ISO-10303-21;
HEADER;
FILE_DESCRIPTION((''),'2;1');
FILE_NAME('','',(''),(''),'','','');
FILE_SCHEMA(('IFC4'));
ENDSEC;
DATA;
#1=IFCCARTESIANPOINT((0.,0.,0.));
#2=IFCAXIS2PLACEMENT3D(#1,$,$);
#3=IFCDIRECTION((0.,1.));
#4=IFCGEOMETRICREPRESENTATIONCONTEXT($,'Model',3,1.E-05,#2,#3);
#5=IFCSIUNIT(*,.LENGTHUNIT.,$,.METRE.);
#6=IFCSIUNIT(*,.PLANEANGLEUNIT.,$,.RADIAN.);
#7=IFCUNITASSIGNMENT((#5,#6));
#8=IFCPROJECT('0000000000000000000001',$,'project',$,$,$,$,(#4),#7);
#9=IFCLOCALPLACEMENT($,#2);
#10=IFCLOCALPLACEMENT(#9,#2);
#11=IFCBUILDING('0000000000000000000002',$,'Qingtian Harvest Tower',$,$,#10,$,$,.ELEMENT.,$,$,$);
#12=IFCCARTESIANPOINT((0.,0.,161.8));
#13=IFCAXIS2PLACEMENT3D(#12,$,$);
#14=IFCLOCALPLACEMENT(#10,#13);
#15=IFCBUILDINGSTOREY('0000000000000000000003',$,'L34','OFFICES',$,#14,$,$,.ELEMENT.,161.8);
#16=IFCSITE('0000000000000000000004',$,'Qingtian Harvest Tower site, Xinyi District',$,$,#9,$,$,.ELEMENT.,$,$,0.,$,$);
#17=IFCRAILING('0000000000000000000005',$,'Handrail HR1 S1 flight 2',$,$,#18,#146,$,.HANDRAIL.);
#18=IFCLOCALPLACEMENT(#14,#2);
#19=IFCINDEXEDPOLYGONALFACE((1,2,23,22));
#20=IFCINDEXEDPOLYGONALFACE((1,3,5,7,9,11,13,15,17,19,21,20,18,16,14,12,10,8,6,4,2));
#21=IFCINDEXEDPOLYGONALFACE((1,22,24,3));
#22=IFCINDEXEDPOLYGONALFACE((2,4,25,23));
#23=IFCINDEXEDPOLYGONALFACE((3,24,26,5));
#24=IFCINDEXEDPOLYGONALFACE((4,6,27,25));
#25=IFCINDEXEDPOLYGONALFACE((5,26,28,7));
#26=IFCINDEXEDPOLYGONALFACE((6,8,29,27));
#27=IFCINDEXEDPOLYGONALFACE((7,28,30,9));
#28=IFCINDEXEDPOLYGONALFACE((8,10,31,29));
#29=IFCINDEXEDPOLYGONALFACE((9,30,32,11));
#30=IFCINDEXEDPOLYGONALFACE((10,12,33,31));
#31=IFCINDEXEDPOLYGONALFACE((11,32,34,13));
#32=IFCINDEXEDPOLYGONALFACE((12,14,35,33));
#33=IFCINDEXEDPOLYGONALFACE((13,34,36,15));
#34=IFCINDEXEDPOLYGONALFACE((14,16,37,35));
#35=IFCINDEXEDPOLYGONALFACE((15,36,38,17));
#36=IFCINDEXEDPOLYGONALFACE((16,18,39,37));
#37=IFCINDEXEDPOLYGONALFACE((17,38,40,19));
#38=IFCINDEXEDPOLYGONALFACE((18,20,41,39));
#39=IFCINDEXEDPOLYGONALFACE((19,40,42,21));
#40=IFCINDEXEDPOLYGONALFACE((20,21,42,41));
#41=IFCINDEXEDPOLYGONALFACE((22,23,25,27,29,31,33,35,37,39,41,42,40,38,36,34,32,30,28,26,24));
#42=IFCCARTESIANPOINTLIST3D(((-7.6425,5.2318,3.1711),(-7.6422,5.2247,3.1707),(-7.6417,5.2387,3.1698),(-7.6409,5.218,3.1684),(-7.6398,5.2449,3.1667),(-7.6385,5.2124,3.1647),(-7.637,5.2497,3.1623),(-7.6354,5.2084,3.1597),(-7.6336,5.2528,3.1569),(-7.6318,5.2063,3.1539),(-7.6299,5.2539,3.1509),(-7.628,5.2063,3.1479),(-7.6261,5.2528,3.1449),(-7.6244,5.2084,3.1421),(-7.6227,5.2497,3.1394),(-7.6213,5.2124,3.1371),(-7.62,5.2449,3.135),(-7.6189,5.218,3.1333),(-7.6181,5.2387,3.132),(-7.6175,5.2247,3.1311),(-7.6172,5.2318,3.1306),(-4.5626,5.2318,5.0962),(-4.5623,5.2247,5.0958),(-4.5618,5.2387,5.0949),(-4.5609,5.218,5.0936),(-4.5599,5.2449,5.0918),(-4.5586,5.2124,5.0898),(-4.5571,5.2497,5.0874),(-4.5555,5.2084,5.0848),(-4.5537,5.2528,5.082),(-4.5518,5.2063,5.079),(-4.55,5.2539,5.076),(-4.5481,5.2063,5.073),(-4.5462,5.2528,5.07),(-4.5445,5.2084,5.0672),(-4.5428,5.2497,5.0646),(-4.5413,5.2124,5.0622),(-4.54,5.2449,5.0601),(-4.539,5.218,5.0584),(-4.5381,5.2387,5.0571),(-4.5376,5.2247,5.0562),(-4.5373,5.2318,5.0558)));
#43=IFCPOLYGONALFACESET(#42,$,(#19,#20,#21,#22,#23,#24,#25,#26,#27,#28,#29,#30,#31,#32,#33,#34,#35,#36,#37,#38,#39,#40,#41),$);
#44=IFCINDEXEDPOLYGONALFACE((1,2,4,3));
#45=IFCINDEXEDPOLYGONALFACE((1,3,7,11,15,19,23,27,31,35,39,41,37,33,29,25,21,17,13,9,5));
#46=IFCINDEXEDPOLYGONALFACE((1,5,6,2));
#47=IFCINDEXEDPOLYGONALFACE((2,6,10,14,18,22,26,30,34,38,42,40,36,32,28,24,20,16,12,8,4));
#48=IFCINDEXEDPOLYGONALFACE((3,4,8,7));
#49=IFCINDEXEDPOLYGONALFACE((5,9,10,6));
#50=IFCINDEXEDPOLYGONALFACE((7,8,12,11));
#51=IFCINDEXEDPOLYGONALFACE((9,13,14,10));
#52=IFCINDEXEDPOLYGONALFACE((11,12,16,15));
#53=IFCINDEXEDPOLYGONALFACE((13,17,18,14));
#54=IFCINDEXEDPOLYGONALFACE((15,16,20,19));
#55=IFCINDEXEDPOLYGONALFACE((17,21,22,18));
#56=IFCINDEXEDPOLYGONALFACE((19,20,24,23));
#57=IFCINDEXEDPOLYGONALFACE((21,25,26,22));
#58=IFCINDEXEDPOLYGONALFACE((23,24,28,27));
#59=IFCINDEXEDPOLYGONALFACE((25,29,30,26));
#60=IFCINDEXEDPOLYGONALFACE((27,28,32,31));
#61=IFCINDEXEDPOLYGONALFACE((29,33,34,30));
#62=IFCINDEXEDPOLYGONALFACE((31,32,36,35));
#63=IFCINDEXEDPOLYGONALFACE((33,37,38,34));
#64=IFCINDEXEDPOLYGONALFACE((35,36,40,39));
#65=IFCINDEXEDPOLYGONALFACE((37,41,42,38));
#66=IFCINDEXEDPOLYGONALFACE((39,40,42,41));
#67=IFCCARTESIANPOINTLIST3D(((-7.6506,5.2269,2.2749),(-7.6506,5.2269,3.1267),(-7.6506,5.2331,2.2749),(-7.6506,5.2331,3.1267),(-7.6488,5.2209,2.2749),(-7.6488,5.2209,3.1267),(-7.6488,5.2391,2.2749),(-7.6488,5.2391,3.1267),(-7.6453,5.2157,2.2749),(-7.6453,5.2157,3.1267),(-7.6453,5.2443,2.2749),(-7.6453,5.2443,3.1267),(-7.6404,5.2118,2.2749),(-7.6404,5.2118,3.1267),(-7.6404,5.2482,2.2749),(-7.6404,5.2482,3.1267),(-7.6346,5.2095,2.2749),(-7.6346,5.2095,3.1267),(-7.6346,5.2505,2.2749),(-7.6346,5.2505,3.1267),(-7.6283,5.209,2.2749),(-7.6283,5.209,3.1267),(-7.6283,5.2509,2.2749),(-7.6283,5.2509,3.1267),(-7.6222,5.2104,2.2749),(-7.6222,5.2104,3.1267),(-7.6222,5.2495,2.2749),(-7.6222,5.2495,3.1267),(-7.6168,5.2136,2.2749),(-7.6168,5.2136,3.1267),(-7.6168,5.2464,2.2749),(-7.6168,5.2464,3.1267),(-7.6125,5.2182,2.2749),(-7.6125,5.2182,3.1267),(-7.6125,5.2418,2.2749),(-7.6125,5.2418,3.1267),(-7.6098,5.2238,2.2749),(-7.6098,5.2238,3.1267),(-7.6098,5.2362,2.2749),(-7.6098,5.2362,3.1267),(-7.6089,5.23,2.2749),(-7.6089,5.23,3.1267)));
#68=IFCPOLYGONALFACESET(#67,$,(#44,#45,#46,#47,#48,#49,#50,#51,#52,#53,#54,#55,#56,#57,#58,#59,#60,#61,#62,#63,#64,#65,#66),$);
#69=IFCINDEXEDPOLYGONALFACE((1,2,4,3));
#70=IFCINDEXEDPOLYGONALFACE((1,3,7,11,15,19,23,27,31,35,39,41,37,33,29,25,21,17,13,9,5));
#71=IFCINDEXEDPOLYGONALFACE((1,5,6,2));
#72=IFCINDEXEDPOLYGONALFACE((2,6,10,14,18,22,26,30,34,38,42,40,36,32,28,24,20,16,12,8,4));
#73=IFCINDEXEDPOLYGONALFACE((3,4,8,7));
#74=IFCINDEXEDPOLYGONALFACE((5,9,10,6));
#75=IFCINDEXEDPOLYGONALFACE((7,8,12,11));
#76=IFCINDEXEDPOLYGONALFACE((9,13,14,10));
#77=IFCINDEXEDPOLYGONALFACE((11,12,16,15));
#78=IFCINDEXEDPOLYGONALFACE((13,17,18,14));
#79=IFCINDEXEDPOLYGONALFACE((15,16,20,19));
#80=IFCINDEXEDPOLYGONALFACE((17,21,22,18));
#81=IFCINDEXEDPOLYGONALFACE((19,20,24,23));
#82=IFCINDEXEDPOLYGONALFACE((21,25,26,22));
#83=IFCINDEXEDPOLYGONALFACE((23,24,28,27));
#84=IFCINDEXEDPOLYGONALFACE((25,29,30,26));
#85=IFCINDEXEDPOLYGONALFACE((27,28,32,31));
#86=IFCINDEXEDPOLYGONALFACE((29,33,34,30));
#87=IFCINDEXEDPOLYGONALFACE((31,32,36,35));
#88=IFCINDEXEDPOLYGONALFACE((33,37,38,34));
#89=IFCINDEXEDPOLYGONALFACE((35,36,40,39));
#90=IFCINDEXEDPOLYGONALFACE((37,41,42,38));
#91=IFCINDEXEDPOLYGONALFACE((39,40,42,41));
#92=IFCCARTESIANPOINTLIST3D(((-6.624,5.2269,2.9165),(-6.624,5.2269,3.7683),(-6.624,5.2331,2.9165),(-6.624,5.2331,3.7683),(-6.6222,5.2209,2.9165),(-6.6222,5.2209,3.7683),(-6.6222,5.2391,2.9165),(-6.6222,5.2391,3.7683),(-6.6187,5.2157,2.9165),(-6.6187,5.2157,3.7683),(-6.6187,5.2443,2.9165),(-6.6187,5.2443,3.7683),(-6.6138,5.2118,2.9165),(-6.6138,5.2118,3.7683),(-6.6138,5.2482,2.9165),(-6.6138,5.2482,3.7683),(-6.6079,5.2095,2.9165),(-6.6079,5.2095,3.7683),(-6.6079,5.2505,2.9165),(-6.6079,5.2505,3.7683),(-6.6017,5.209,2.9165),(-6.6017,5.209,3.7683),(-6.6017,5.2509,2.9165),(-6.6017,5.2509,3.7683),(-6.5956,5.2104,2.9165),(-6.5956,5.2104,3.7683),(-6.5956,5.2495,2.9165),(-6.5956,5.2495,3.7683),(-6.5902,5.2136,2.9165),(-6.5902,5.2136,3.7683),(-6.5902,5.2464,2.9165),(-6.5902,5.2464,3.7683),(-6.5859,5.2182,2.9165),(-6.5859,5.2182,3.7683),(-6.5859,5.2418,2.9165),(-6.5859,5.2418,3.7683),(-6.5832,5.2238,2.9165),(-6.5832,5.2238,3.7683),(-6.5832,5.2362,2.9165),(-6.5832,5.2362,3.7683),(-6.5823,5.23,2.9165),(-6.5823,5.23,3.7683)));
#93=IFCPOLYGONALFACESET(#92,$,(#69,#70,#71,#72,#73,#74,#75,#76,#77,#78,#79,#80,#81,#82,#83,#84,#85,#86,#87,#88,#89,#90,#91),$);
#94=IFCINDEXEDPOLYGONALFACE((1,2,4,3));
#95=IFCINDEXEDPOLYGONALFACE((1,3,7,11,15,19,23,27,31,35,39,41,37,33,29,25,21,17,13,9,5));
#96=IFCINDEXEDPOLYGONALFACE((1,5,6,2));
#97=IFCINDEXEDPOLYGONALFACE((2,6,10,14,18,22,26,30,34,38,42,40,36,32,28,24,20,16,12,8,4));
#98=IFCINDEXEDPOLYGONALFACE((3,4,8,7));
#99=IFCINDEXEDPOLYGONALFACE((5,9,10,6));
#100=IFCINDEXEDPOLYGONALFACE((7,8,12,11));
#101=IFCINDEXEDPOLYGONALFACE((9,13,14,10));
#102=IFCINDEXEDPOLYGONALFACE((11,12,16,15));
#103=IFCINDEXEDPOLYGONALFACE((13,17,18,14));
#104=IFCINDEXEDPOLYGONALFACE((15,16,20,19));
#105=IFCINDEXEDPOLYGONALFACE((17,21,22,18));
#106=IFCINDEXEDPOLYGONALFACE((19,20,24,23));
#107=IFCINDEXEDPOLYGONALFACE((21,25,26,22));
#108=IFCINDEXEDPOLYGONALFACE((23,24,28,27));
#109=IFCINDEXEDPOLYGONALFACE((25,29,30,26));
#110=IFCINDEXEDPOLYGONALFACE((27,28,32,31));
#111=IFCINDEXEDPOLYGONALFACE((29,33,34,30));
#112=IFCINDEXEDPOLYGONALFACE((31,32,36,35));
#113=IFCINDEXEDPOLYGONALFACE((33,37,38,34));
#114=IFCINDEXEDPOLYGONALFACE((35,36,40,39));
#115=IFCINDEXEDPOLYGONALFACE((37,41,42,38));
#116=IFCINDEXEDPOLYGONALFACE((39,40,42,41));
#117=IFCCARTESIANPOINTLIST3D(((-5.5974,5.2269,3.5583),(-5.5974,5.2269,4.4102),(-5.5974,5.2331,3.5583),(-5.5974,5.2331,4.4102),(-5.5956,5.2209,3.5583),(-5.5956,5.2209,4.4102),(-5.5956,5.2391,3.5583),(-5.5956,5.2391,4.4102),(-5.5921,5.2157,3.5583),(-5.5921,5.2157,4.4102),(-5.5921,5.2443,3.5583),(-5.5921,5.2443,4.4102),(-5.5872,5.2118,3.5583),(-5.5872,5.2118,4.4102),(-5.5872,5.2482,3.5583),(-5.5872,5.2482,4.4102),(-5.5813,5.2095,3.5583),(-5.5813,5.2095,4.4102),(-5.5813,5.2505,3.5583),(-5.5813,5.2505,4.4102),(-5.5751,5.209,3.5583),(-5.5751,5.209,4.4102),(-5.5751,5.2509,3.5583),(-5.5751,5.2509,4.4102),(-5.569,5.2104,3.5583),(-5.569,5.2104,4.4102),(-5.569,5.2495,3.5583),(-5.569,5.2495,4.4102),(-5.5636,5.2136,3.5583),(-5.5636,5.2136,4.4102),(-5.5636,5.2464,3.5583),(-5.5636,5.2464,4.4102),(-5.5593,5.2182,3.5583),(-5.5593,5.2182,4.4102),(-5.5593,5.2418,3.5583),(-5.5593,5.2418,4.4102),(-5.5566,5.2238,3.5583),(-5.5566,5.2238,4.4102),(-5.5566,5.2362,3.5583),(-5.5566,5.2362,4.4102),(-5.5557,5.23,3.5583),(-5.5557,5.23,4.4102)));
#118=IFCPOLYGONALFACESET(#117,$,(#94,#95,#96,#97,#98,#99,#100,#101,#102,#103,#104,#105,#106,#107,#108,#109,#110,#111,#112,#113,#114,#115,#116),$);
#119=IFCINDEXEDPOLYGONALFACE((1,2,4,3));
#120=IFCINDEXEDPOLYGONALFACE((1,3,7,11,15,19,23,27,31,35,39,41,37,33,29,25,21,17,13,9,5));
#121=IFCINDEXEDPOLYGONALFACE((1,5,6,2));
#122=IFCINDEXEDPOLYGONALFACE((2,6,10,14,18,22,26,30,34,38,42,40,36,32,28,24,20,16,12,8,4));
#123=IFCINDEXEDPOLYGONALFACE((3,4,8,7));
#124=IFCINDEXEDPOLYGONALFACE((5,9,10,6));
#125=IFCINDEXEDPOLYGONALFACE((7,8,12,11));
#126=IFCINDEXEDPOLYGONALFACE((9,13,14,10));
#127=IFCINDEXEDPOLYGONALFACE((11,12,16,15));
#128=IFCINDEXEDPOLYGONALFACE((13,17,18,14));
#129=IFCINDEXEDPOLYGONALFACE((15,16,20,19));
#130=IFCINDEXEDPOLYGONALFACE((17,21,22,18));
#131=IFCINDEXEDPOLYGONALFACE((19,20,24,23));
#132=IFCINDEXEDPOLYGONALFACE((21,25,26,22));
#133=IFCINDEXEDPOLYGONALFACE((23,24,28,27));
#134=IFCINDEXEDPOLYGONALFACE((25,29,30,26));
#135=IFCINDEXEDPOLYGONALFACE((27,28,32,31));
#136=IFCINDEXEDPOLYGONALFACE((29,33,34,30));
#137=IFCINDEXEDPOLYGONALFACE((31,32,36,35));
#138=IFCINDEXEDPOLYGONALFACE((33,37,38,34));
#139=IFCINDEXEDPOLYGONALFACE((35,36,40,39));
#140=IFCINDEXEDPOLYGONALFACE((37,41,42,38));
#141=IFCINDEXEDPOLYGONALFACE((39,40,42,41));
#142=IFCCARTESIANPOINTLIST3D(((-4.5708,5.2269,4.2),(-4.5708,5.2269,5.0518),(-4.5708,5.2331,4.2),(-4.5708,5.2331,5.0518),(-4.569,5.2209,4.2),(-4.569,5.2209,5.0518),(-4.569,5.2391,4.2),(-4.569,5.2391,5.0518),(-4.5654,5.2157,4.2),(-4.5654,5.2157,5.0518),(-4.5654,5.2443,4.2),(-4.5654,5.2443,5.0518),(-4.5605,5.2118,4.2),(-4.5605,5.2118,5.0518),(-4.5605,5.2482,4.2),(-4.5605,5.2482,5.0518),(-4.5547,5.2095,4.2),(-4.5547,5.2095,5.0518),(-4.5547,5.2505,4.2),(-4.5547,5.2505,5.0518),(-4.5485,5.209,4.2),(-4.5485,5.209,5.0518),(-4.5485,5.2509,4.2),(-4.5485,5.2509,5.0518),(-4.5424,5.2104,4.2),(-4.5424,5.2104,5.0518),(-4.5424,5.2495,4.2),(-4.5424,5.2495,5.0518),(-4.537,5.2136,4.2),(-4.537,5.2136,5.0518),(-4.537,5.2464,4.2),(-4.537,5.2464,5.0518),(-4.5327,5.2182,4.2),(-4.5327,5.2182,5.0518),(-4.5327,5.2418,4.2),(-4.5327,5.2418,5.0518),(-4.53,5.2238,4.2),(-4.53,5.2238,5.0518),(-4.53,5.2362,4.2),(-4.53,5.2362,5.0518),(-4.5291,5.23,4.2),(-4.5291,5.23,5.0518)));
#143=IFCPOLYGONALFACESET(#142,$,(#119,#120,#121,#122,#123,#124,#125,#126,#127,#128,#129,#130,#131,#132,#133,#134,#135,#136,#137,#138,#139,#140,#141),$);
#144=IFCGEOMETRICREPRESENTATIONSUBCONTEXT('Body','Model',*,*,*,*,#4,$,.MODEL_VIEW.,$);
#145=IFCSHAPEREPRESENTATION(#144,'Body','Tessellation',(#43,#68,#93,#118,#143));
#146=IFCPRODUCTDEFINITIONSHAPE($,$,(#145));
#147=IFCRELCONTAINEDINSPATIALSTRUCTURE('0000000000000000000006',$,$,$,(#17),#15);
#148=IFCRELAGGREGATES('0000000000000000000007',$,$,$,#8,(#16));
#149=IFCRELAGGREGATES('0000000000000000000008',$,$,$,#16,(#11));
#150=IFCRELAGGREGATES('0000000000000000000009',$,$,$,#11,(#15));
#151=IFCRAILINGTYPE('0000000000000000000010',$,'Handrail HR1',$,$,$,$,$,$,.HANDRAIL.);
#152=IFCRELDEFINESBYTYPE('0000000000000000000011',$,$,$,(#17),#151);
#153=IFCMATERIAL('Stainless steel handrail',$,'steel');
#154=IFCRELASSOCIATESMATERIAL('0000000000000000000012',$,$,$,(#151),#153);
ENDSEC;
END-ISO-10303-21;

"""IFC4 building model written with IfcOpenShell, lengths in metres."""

from ifc_helpers import new_model, si_unit, direction, frame, origin, origin_2d, place, context, subcontext, project, spatial, circle, extrude, material, type_object, element, save


model = new_model("IFC4")

# Units and contexts
model_context = context("Model", 3, precision=1e-05, world=origin(), true_north=direction((0.0, 1.0)))
body_context = subcontext(model_context, "Body", "Model", "MODEL_VIEW")
ifc_project = project(units=[si_unit("LENGTHUNIT", "METRE"), si_unit("PLANEANGLEUNIT", "RADIAN")], contexts=[model_context])

# Site, building, storey
site_placement = place(None, origin())
site = spatial("IfcSite", under=ifc_project, at=site_placement, Name="Qingtian Harvest Tower site, Xinyi District", CompositionType="ELEMENT", RefElevation=0.0)
building_placement = place(site_placement, origin())
building = spatial("IfcBuilding", under=site, at=building_placement, Name="Qingtian Harvest Tower", CompositionType="ELEMENT")
storey_placement = place(building_placement, frame((0.0, 0.0, 161.8)))
storey = spatial("IfcBuildingStorey", under=building, at=storey_placement, Name="L34", Description="OFFICES", CompositionType="ELEMENT", Elevation=161.8)

# Railing
ifc_material_1 = material(Name="Stainless steel handrail", Category="steel")
railing_type = type_object("IfcRailingType", Name="Handrail HR1", PredefinedType="HANDRAIL", material=ifc_material_1)
railing_1_placement = place(storey_placement, frame((-7.6299, 5.23, 2.2749)))
element("IfcRailing", 1, at=railing_1_placement, inside=storey, type_object=railing_type, Name="Handrail HR1 S1 flight 2", PredefinedType="HANDRAIL", context=body_context, shape_type="SweptSolid", body=[
    extrude(circle(Radius=0.0239, at=origin_2d()), frame((0.0, 0.0, 0.876), z_axis=(0.847979, 0.0, 0.530029), x_axis=(0.0, 1.0, 0.0)), (0.0, 0.0, 1.0), 3.6321),
    extrude(circle(Radius=0.021, at=origin_2d()), origin(), (0.0, 0.0, 1.0), 0.8518),
    extrude(circle(Radius=0.021, at=origin_2d()), frame((1.0266, 0.0, 0.6416)), (0.0, 0.0, 1.0), 0.8518),
    extrude(circle(Radius=0.021, at=origin_2d()), frame((2.0532, 0.0, 1.2834)), (0.0, 0.0, 1.0), 0.8518),
    extrude(circle(Radius=0.021, at=origin_2d()), frame((3.0798, 0.0, 1.925)), (0.0, 0.0, 1.0), 0.8518),
])

save(model, "model.ifc")
